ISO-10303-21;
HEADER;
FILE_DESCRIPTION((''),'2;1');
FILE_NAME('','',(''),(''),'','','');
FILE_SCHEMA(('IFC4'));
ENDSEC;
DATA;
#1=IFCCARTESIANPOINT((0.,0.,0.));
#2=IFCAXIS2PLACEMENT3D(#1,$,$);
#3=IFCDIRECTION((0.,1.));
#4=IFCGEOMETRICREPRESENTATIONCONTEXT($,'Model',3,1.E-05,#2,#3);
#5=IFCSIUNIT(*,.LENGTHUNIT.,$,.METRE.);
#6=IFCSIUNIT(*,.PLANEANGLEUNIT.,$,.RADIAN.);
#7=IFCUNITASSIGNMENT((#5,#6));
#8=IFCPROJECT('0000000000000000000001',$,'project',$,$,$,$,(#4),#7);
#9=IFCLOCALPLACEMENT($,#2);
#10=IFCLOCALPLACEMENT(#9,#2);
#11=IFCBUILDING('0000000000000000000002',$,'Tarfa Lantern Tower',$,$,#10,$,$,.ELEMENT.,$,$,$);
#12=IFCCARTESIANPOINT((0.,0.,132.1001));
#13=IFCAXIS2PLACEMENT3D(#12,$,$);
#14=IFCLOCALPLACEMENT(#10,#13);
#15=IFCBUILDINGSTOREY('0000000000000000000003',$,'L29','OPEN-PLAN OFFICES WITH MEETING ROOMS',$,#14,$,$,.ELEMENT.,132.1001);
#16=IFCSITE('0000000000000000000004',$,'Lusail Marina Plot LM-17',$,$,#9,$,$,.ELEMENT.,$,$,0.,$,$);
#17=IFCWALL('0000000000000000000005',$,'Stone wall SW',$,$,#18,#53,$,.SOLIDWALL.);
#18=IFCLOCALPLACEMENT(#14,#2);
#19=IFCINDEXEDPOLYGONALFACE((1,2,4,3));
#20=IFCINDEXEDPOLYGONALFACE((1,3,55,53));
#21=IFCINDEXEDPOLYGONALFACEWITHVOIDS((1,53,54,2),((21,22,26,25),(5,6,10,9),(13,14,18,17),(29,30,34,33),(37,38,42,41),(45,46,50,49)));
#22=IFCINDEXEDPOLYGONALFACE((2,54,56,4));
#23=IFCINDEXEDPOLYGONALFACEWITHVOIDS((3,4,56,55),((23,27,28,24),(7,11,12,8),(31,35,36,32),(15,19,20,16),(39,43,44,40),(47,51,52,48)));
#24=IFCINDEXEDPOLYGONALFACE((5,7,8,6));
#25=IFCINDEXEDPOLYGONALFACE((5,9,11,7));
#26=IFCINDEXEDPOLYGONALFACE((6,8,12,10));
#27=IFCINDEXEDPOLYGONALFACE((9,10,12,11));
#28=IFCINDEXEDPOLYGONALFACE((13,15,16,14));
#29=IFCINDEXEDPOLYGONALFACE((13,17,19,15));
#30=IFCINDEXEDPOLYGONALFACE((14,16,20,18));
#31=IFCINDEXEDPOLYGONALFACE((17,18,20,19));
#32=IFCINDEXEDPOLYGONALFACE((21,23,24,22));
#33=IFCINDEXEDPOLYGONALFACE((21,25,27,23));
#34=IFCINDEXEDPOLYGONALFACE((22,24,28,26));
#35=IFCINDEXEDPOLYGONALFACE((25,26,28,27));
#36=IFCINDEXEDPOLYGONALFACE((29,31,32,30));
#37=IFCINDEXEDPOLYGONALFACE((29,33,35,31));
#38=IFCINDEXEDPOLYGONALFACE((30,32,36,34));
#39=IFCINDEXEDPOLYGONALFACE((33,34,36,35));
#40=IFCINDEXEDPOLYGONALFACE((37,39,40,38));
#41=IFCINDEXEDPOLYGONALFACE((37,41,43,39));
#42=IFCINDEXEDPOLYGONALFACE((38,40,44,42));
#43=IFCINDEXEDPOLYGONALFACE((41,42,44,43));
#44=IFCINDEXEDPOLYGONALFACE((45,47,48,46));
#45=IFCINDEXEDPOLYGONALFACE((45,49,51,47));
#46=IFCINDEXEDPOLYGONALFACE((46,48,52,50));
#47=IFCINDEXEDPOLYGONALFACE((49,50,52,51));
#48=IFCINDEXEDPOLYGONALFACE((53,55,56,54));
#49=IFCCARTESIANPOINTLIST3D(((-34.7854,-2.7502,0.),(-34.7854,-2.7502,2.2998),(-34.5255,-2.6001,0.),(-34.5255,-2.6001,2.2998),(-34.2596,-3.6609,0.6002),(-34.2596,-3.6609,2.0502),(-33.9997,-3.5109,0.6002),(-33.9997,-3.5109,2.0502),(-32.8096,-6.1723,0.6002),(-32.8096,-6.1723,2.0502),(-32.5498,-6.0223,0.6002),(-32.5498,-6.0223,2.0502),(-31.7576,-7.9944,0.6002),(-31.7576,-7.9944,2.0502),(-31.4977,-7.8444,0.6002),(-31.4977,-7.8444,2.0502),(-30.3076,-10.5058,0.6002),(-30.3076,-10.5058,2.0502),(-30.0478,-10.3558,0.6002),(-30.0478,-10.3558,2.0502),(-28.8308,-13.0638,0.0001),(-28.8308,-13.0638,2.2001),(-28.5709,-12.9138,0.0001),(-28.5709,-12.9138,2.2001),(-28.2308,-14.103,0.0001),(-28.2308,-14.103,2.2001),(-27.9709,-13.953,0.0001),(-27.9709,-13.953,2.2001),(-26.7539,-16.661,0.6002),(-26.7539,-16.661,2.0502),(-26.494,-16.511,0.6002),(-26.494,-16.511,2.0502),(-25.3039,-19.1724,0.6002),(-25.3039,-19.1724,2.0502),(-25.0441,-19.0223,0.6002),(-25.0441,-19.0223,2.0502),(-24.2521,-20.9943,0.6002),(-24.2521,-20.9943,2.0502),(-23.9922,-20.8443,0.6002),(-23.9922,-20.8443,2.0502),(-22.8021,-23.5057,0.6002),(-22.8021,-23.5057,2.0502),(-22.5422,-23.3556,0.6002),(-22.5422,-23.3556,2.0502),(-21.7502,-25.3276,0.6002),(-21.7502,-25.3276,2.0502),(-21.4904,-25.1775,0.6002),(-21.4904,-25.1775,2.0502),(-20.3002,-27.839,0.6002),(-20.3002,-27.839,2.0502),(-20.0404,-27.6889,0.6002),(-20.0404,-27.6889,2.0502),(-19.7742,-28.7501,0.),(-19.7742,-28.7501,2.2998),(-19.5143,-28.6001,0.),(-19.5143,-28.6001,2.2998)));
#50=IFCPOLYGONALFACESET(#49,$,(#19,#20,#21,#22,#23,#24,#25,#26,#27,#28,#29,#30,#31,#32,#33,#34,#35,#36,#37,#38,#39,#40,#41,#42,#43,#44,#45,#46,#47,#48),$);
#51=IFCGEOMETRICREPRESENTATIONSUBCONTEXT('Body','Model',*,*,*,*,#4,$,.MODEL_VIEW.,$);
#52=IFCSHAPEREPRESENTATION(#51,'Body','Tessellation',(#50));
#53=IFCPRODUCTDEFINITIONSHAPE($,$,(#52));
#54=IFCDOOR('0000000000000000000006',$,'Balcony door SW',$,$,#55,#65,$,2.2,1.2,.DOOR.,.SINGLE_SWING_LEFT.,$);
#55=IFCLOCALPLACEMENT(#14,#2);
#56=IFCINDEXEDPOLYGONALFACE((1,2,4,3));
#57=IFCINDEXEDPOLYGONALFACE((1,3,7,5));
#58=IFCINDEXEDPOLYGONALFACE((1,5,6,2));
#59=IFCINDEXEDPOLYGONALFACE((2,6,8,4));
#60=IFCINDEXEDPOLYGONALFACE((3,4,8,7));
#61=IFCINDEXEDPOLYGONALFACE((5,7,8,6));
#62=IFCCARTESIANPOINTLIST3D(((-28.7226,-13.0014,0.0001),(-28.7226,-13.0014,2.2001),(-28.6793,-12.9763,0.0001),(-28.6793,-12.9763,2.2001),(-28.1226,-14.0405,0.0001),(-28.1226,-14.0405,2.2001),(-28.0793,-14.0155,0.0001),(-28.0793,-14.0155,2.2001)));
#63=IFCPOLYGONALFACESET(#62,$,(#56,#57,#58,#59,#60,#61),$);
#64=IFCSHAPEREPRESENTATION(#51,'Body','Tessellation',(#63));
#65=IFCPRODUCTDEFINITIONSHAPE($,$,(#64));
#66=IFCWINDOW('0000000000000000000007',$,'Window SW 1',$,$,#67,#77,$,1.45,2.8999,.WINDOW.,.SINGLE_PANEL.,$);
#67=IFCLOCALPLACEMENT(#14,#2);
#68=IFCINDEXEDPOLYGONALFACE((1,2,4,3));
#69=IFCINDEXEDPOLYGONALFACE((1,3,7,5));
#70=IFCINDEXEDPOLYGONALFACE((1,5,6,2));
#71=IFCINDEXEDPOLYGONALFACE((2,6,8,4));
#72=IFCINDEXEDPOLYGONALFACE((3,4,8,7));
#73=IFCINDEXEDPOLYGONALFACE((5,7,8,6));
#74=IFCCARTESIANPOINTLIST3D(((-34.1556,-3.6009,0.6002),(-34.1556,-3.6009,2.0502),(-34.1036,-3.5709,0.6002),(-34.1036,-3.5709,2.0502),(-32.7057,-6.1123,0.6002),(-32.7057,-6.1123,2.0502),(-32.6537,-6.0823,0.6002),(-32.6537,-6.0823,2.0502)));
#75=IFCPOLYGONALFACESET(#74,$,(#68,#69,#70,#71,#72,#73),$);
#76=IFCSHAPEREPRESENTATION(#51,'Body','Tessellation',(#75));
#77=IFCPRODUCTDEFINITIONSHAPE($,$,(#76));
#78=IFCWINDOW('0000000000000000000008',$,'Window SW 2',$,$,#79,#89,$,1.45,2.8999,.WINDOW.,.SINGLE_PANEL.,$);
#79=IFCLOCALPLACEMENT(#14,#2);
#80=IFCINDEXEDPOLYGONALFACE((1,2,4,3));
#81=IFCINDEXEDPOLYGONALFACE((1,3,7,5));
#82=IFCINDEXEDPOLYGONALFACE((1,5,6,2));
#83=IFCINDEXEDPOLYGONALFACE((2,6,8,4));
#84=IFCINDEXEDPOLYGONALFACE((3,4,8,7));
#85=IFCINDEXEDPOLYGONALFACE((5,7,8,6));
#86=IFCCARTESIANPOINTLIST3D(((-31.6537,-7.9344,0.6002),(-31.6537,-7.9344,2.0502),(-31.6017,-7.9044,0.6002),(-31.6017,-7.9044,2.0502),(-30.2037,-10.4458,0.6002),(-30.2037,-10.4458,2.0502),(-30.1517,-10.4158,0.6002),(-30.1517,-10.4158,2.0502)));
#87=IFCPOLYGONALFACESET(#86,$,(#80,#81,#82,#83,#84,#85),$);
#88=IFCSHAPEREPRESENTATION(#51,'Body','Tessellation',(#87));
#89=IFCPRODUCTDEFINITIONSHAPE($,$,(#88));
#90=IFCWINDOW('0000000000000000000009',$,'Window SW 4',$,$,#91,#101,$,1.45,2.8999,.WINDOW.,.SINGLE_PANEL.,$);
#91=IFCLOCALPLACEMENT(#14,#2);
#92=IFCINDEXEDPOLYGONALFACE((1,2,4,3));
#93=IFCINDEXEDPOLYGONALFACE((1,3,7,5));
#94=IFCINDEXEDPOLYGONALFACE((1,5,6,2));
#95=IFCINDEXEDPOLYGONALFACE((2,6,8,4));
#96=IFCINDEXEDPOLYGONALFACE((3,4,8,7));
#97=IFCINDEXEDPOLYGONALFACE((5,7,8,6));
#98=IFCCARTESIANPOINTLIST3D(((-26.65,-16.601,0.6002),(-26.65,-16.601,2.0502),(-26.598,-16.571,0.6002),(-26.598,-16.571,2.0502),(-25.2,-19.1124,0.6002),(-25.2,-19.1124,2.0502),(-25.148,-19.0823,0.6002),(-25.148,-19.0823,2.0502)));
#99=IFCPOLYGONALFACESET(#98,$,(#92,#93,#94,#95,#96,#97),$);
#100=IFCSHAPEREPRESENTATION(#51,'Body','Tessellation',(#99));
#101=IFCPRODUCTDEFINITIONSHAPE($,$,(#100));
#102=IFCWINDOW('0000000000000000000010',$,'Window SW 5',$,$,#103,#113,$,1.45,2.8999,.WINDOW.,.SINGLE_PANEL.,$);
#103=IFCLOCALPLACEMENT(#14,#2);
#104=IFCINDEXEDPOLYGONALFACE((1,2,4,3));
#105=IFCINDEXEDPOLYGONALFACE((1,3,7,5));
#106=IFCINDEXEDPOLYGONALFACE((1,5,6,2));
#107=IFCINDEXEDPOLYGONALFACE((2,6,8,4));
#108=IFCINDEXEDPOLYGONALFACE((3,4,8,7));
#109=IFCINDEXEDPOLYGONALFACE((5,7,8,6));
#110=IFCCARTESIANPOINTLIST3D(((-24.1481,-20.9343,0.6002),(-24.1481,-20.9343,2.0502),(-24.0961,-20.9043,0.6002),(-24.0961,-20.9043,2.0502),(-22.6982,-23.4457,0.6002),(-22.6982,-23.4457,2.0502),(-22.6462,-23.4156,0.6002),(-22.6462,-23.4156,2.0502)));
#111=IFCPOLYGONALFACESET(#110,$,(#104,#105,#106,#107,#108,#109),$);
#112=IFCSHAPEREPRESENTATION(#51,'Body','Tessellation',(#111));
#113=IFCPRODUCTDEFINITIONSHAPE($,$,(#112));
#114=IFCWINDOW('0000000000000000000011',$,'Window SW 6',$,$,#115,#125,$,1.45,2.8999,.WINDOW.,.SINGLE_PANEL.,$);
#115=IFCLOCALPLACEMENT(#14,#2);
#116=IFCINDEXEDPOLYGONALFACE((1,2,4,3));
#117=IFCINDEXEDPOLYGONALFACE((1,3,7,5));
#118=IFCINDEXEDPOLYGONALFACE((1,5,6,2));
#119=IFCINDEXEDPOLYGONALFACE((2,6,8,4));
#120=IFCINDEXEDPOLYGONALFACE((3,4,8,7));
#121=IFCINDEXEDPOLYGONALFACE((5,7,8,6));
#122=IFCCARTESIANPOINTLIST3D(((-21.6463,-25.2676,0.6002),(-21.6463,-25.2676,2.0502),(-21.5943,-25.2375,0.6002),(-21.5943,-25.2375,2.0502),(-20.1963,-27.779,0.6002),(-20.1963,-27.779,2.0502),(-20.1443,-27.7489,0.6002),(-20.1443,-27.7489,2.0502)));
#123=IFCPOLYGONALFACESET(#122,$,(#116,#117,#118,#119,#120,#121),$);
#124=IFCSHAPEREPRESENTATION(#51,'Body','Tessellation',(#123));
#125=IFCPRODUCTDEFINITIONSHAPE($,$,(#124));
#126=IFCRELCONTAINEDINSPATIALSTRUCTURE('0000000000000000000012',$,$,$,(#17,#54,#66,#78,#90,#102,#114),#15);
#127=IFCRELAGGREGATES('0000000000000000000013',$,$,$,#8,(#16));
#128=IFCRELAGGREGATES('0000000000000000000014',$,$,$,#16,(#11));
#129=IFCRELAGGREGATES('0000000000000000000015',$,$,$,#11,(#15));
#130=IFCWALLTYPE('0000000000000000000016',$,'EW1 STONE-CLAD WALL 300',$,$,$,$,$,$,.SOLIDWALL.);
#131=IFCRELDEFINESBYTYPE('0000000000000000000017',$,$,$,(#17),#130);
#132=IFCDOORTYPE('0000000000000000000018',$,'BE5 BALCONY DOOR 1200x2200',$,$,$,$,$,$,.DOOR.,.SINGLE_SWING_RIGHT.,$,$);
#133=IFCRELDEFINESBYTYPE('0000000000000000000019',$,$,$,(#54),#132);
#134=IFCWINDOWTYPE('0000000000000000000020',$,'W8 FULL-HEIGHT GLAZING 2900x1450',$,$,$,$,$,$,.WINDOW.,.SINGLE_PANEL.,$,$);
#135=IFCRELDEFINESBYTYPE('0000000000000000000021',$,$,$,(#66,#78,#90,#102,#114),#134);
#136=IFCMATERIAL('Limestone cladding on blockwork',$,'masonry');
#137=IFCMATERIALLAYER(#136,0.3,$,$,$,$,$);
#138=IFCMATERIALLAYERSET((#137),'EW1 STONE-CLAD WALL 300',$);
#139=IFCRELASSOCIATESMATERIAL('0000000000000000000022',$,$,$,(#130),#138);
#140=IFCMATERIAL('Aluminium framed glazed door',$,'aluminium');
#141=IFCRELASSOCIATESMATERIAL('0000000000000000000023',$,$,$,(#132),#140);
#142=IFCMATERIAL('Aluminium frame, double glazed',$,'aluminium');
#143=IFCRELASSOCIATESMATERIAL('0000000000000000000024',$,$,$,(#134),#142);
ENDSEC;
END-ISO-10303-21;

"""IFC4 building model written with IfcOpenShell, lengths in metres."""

from ifc_helpers import new_model, si_unit, direction, frame, frame_2d, origin, place, context, subcontext, project, spatial, rectangle, extrude, material, layer, layer_set, type_object, element, fill, save


model = new_model("IFC4")

# Units and contexts
model_context = context("Model", 3, precision=1e-05, world=origin(), true_north=direction((0.0, 1.0)))
body_context = subcontext(model_context, "Body", "Model", "MODEL_VIEW")
ifc_project = project(units=[si_unit("LENGTHUNIT", "METRE"), si_unit("PLANEANGLEUNIT", "RADIAN")], contexts=[model_context])

# Site, building, storey
site_placement = place(None, origin())
site = spatial("IfcSite", under=ifc_project, at=site_placement, Name="Lusail Marina Plot LM-17", CompositionType="ELEMENT", RefElevation=0.0)
building_placement = place(site_placement, origin())
building = spatial("IfcBuilding", under=site, at=building_placement, Name="Tarfa Lantern Tower", CompositionType="ELEMENT")
storey_placement = place(building_placement, frame((0.0, 0.0, 132.1001)))
storey = spatial("IfcBuildingStorey", under=building, at=storey_placement, Name="L29", Description="OPEN-PLAN OFFICES WITH MEETING ROOMS", CompositionType="ELEMENT", Elevation=132.1001)

# Wall, openings, door, windows
ifc_material_1 = material(Name="Limestone cladding on blockwork", Category="masonry")
ifc_layer_1 = layer(ifc_material_1, 0.3)
ifc_layer_set_1 = layer_set([ifc_layer_1], Name="EW1 STONE-CLAD WALL 300")
wall_type = type_object("IfcWallType", Name="EW1 STONE-CLAD WALL 300", PredefinedType="SOLIDWALL", material=ifc_layer_set_1)
wall_placement = place(storey_placement, frame((-34.6555, -2.675, 0.0), z_axis=(0.0, 0.0, 1.0), x_axis=(0.500003, -0.866024, 0.0)))
wall = element("IfcWall", 1, at=wall_placement, inside=storey, type_object=wall_type, Name="Stone wall SW", PredefinedType="SOLIDWALL", context=body_context, shape_type="SweptSolid", body=[
    extrude(rectangle(XDim=30.0222, YDim=0.3, at=frame_2d((15.0112, 0.0))), origin(), (0.0, 0.0, 1.0), 2.2998),
])
opening_1_placement = place(wall_placement, frame((1.0518, 0.0, 0.6001)))
opening_1 = element("IfcOpeningElement", 2, at=opening_1_placement, cuts=wall, PredefinedType="OPENING", context=body_context, shape_type="SweptSolid", body=[
    extrude(rectangle(XDim=2.8999, YDim=1.45, at=frame_2d((1.45, 0.7251))), frame((0.0, 0.1599, 0.0), z_axis=(0.0, -1.0, 0.0), x_axis=(1.0, 0.0, 0.0)), (0.0, 0.0, 1.0), 0.3201),
])
opening_2_placement = place(wall_placement, frame((6.0557, 0.0, 0.6001)))
opening_2 = element("IfcOpeningElement", 3, at=opening_2_placement, cuts=wall, PredefinedType="OPENING", context=body_context, shape_type="SweptSolid", body=[
    extrude(rectangle(XDim=2.8999, YDim=1.45, at=frame_2d((1.45, 0.7251))), frame((0.0, 0.1599, 0.0), z_axis=(0.0, -1.0, 0.0), x_axis=(1.0, 0.0, 0.0)), (0.0, 0.0, 1.0), 0.3201),
])
opening_3_placement = place(wall_placement, frame((11.9092, 0.0, 0.0)))
opening_3 = element("IfcOpeningElement", 4, at=opening_3_placement, cuts=wall, PredefinedType="OPENING", context=body_context, shape_type="SweptSolid", body=[
    extrude(rectangle(XDim=1.2, YDim=2.2, at=frame_2d((0.6001, 1.1001))), frame((0.0, 0.1599, 0.0), z_axis=(0.0, -1.0, 0.0), x_axis=(1.0, 0.0, 0.0)), (0.0, 0.0, 1.0), 0.3201),
])
opening_4_placement = place(wall_placement, frame((16.063, 0.0, 0.6001)))
opening_4 = element("IfcOpeningElement", 5, at=opening_4_placement, cuts=wall, PredefinedType="OPENING", context=body_context, shape_type="SweptSolid", body=[
    extrude(rectangle(XDim=2.8999, YDim=1.45, at=frame_2d((1.45, 0.7251))), frame((0.0, 0.1599, 0.0), z_axis=(0.0, -1.0, 0.0), x_axis=(1.0, 0.0, 0.0)), (0.0, 0.0, 1.0), 0.3201),
])
opening_5_placement = place(wall_placement, frame((21.0667, 0.0, 0.6001)))
opening_5 = element("IfcOpeningElement", 6, at=opening_5_placement, cuts=wall, PredefinedType="OPENING", context=body_context, shape_type="SweptSolid", body=[
    extrude(rectangle(XDim=2.8999, YDim=1.45, at=frame_2d((1.45, 0.7251))), frame((0.0, 0.1599, 0.0), z_axis=(0.0, -1.0, 0.0), x_axis=(1.0, 0.0, 0.0)), (0.0, 0.0, 1.0), 0.3201),
])
opening_6_placement = place(wall_placement, frame((26.0703, 0.0, 0.6001)))
opening_6 = element("IfcOpeningElement", 7, at=opening_6_placement, cuts=wall, PredefinedType="OPENING", context=body_context, shape_type="SweptSolid", body=[
    extrude(rectangle(XDim=2.8999, YDim=1.45, at=frame_2d((1.45, 0.7251))), frame((0.0, 0.1599, 0.0), z_axis=(0.0, -1.0, 0.0), x_axis=(1.0, 0.0, 0.0)), (0.0, 0.0, 1.0), 0.3201),
])
ifc_material_2 = material(Name="Aluminium framed glazed door", Category="aluminium")
door_type = type_object("IfcDoorType", Name="BE5 BALCONY DOOR 1200x2200", OperationType="SINGLE_SWING_RIGHT", PredefinedType="DOOR", material=ifc_material_2)
door_placement = place(opening_3_placement, origin())
door = element("IfcDoor", 8, at=door_placement, inside=storey, type_object=door_type, Name="Balcony door SW", OperationType="SINGLE_SWING_LEFT", OverallHeight=2.2, OverallWidth=1.2, PredefinedType="DOOR", context=body_context, shape_type="SweptSolid", body=[
    extrude(rectangle(XDim=1.2, YDim=2.2, at=frame_2d((0.6001, 1.1001))), frame((0.0, 0.0249, 0.0), z_axis=(0.0, -1.0, 0.0), x_axis=(1.0, 0.0, 0.0)), (0.0, 0.0, 1.0), 0.05),
])
fill(opening_3, door)
ifc_material_3 = material(Name="Aluminium frame, double glazed", Category="aluminium")
window_type = type_object("IfcWindowType", Name="W8 FULL-HEIGHT GLAZING 2900x1450", PartitioningType="SINGLE_PANEL", PredefinedType="WINDOW", material=ifc_material_3)
window_1_placement = place(opening_1_placement, origin())
window_1 = element("IfcWindow", 9, at=window_1_placement, inside=storey, type_object=window_type, Name="Window SW 1", OverallHeight=1.45, OverallWidth=2.8999, PartitioningType="SINGLE_PANEL", PredefinedType="WINDOW", context=body_context, shape_type="SweptSolid", body=[
    extrude(rectangle(XDim=2.8999, YDim=1.45, at=frame_2d((1.45, 0.7251))), frame((0.0, 0.03, 0.0), z_axis=(0.0, -1.0, 0.0), x_axis=(1.0, 0.0, 0.0)), (0.0, 0.0, 1.0), 0.0601),
])
fill(opening_1, window_1)
window_2_placement = place(opening_2_placement, origin())
window_2 = element("IfcWindow", 10, at=window_2_placement, inside=storey, type_object=window_type, Name="Window SW 2", OverallHeight=1.45, OverallWidth=2.8999, PartitioningType="SINGLE_PANEL", PredefinedType="WINDOW", context=body_context, shape_type="SweptSolid", body=[
    extrude(rectangle(XDim=2.8999, YDim=1.45, at=frame_2d((1.45, 0.7251))), frame((0.0, 0.03, 0.0), z_axis=(0.0, -1.0, 0.0), x_axis=(1.0, 0.0, 0.0)), (0.0, 0.0, 1.0), 0.0601),
])
fill(opening_2, window_2)
window_3_placement = place(opening_4_placement, origin())
window_3 = element("IfcWindow", 11, at=window_3_placement, inside=storey, type_object=window_type, Name="Window SW 4", OverallHeight=1.45, OverallWidth=2.8999, PartitioningType="SINGLE_PANEL", PredefinedType="WINDOW", context=body_context, shape_type="SweptSolid", body=[
    extrude(rectangle(XDim=2.8999, YDim=1.45, at=frame_2d((1.45, 0.7251))), frame((0.0, 0.03, 0.0), z_axis=(0.0, -1.0, 0.0), x_axis=(1.0, 0.0, 0.0)), (0.0, 0.0, 1.0), 0.0601),
])
fill(opening_4, window_3)
window_4_placement = place(opening_5_placement, origin())
window_4 = element("IfcWindow", 12, at=window_4_placement, inside=storey, type_object=window_type, Name="Window SW 5", OverallHeight=1.45, OverallWidth=2.8999, PartitioningType="SINGLE_PANEL", PredefinedType="WINDOW", context=body_context, shape_type="SweptSolid", body=[
    extrude(rectangle(XDim=2.8999, YDim=1.45, at=frame_2d((1.45, 0.7251))), frame((0.0, 0.03, 0.0), z_axis=(0.0, -1.0, 0.0), x_axis=(1.0, 0.0, 0.0)), (0.0, 0.0, 1.0), 0.0601),
])
fill(opening_5, window_4)
window_5_placement = place(opening_6_placement, origin())
window_5 = element("IfcWindow", 13, at=window_5_placement, inside=storey, type_object=window_type, Name="Window SW 6", OverallHeight=1.45, OverallWidth=2.8999, PartitioningType="SINGLE_PANEL", PredefinedType="WINDOW", context=body_context, shape_type="SweptSolid", body=[
    extrude(rectangle(XDim=2.8999, YDim=1.45, at=frame_2d((1.45, 0.7251))), frame((0.0, 0.03, 0.0), z_axis=(0.0, -1.0, 0.0), x_axis=(1.0, 0.0, 0.0)), (0.0, 0.0, 1.0), 0.0601),
])
fill(opening_6, window_5)

save(model, "model.ifc")
